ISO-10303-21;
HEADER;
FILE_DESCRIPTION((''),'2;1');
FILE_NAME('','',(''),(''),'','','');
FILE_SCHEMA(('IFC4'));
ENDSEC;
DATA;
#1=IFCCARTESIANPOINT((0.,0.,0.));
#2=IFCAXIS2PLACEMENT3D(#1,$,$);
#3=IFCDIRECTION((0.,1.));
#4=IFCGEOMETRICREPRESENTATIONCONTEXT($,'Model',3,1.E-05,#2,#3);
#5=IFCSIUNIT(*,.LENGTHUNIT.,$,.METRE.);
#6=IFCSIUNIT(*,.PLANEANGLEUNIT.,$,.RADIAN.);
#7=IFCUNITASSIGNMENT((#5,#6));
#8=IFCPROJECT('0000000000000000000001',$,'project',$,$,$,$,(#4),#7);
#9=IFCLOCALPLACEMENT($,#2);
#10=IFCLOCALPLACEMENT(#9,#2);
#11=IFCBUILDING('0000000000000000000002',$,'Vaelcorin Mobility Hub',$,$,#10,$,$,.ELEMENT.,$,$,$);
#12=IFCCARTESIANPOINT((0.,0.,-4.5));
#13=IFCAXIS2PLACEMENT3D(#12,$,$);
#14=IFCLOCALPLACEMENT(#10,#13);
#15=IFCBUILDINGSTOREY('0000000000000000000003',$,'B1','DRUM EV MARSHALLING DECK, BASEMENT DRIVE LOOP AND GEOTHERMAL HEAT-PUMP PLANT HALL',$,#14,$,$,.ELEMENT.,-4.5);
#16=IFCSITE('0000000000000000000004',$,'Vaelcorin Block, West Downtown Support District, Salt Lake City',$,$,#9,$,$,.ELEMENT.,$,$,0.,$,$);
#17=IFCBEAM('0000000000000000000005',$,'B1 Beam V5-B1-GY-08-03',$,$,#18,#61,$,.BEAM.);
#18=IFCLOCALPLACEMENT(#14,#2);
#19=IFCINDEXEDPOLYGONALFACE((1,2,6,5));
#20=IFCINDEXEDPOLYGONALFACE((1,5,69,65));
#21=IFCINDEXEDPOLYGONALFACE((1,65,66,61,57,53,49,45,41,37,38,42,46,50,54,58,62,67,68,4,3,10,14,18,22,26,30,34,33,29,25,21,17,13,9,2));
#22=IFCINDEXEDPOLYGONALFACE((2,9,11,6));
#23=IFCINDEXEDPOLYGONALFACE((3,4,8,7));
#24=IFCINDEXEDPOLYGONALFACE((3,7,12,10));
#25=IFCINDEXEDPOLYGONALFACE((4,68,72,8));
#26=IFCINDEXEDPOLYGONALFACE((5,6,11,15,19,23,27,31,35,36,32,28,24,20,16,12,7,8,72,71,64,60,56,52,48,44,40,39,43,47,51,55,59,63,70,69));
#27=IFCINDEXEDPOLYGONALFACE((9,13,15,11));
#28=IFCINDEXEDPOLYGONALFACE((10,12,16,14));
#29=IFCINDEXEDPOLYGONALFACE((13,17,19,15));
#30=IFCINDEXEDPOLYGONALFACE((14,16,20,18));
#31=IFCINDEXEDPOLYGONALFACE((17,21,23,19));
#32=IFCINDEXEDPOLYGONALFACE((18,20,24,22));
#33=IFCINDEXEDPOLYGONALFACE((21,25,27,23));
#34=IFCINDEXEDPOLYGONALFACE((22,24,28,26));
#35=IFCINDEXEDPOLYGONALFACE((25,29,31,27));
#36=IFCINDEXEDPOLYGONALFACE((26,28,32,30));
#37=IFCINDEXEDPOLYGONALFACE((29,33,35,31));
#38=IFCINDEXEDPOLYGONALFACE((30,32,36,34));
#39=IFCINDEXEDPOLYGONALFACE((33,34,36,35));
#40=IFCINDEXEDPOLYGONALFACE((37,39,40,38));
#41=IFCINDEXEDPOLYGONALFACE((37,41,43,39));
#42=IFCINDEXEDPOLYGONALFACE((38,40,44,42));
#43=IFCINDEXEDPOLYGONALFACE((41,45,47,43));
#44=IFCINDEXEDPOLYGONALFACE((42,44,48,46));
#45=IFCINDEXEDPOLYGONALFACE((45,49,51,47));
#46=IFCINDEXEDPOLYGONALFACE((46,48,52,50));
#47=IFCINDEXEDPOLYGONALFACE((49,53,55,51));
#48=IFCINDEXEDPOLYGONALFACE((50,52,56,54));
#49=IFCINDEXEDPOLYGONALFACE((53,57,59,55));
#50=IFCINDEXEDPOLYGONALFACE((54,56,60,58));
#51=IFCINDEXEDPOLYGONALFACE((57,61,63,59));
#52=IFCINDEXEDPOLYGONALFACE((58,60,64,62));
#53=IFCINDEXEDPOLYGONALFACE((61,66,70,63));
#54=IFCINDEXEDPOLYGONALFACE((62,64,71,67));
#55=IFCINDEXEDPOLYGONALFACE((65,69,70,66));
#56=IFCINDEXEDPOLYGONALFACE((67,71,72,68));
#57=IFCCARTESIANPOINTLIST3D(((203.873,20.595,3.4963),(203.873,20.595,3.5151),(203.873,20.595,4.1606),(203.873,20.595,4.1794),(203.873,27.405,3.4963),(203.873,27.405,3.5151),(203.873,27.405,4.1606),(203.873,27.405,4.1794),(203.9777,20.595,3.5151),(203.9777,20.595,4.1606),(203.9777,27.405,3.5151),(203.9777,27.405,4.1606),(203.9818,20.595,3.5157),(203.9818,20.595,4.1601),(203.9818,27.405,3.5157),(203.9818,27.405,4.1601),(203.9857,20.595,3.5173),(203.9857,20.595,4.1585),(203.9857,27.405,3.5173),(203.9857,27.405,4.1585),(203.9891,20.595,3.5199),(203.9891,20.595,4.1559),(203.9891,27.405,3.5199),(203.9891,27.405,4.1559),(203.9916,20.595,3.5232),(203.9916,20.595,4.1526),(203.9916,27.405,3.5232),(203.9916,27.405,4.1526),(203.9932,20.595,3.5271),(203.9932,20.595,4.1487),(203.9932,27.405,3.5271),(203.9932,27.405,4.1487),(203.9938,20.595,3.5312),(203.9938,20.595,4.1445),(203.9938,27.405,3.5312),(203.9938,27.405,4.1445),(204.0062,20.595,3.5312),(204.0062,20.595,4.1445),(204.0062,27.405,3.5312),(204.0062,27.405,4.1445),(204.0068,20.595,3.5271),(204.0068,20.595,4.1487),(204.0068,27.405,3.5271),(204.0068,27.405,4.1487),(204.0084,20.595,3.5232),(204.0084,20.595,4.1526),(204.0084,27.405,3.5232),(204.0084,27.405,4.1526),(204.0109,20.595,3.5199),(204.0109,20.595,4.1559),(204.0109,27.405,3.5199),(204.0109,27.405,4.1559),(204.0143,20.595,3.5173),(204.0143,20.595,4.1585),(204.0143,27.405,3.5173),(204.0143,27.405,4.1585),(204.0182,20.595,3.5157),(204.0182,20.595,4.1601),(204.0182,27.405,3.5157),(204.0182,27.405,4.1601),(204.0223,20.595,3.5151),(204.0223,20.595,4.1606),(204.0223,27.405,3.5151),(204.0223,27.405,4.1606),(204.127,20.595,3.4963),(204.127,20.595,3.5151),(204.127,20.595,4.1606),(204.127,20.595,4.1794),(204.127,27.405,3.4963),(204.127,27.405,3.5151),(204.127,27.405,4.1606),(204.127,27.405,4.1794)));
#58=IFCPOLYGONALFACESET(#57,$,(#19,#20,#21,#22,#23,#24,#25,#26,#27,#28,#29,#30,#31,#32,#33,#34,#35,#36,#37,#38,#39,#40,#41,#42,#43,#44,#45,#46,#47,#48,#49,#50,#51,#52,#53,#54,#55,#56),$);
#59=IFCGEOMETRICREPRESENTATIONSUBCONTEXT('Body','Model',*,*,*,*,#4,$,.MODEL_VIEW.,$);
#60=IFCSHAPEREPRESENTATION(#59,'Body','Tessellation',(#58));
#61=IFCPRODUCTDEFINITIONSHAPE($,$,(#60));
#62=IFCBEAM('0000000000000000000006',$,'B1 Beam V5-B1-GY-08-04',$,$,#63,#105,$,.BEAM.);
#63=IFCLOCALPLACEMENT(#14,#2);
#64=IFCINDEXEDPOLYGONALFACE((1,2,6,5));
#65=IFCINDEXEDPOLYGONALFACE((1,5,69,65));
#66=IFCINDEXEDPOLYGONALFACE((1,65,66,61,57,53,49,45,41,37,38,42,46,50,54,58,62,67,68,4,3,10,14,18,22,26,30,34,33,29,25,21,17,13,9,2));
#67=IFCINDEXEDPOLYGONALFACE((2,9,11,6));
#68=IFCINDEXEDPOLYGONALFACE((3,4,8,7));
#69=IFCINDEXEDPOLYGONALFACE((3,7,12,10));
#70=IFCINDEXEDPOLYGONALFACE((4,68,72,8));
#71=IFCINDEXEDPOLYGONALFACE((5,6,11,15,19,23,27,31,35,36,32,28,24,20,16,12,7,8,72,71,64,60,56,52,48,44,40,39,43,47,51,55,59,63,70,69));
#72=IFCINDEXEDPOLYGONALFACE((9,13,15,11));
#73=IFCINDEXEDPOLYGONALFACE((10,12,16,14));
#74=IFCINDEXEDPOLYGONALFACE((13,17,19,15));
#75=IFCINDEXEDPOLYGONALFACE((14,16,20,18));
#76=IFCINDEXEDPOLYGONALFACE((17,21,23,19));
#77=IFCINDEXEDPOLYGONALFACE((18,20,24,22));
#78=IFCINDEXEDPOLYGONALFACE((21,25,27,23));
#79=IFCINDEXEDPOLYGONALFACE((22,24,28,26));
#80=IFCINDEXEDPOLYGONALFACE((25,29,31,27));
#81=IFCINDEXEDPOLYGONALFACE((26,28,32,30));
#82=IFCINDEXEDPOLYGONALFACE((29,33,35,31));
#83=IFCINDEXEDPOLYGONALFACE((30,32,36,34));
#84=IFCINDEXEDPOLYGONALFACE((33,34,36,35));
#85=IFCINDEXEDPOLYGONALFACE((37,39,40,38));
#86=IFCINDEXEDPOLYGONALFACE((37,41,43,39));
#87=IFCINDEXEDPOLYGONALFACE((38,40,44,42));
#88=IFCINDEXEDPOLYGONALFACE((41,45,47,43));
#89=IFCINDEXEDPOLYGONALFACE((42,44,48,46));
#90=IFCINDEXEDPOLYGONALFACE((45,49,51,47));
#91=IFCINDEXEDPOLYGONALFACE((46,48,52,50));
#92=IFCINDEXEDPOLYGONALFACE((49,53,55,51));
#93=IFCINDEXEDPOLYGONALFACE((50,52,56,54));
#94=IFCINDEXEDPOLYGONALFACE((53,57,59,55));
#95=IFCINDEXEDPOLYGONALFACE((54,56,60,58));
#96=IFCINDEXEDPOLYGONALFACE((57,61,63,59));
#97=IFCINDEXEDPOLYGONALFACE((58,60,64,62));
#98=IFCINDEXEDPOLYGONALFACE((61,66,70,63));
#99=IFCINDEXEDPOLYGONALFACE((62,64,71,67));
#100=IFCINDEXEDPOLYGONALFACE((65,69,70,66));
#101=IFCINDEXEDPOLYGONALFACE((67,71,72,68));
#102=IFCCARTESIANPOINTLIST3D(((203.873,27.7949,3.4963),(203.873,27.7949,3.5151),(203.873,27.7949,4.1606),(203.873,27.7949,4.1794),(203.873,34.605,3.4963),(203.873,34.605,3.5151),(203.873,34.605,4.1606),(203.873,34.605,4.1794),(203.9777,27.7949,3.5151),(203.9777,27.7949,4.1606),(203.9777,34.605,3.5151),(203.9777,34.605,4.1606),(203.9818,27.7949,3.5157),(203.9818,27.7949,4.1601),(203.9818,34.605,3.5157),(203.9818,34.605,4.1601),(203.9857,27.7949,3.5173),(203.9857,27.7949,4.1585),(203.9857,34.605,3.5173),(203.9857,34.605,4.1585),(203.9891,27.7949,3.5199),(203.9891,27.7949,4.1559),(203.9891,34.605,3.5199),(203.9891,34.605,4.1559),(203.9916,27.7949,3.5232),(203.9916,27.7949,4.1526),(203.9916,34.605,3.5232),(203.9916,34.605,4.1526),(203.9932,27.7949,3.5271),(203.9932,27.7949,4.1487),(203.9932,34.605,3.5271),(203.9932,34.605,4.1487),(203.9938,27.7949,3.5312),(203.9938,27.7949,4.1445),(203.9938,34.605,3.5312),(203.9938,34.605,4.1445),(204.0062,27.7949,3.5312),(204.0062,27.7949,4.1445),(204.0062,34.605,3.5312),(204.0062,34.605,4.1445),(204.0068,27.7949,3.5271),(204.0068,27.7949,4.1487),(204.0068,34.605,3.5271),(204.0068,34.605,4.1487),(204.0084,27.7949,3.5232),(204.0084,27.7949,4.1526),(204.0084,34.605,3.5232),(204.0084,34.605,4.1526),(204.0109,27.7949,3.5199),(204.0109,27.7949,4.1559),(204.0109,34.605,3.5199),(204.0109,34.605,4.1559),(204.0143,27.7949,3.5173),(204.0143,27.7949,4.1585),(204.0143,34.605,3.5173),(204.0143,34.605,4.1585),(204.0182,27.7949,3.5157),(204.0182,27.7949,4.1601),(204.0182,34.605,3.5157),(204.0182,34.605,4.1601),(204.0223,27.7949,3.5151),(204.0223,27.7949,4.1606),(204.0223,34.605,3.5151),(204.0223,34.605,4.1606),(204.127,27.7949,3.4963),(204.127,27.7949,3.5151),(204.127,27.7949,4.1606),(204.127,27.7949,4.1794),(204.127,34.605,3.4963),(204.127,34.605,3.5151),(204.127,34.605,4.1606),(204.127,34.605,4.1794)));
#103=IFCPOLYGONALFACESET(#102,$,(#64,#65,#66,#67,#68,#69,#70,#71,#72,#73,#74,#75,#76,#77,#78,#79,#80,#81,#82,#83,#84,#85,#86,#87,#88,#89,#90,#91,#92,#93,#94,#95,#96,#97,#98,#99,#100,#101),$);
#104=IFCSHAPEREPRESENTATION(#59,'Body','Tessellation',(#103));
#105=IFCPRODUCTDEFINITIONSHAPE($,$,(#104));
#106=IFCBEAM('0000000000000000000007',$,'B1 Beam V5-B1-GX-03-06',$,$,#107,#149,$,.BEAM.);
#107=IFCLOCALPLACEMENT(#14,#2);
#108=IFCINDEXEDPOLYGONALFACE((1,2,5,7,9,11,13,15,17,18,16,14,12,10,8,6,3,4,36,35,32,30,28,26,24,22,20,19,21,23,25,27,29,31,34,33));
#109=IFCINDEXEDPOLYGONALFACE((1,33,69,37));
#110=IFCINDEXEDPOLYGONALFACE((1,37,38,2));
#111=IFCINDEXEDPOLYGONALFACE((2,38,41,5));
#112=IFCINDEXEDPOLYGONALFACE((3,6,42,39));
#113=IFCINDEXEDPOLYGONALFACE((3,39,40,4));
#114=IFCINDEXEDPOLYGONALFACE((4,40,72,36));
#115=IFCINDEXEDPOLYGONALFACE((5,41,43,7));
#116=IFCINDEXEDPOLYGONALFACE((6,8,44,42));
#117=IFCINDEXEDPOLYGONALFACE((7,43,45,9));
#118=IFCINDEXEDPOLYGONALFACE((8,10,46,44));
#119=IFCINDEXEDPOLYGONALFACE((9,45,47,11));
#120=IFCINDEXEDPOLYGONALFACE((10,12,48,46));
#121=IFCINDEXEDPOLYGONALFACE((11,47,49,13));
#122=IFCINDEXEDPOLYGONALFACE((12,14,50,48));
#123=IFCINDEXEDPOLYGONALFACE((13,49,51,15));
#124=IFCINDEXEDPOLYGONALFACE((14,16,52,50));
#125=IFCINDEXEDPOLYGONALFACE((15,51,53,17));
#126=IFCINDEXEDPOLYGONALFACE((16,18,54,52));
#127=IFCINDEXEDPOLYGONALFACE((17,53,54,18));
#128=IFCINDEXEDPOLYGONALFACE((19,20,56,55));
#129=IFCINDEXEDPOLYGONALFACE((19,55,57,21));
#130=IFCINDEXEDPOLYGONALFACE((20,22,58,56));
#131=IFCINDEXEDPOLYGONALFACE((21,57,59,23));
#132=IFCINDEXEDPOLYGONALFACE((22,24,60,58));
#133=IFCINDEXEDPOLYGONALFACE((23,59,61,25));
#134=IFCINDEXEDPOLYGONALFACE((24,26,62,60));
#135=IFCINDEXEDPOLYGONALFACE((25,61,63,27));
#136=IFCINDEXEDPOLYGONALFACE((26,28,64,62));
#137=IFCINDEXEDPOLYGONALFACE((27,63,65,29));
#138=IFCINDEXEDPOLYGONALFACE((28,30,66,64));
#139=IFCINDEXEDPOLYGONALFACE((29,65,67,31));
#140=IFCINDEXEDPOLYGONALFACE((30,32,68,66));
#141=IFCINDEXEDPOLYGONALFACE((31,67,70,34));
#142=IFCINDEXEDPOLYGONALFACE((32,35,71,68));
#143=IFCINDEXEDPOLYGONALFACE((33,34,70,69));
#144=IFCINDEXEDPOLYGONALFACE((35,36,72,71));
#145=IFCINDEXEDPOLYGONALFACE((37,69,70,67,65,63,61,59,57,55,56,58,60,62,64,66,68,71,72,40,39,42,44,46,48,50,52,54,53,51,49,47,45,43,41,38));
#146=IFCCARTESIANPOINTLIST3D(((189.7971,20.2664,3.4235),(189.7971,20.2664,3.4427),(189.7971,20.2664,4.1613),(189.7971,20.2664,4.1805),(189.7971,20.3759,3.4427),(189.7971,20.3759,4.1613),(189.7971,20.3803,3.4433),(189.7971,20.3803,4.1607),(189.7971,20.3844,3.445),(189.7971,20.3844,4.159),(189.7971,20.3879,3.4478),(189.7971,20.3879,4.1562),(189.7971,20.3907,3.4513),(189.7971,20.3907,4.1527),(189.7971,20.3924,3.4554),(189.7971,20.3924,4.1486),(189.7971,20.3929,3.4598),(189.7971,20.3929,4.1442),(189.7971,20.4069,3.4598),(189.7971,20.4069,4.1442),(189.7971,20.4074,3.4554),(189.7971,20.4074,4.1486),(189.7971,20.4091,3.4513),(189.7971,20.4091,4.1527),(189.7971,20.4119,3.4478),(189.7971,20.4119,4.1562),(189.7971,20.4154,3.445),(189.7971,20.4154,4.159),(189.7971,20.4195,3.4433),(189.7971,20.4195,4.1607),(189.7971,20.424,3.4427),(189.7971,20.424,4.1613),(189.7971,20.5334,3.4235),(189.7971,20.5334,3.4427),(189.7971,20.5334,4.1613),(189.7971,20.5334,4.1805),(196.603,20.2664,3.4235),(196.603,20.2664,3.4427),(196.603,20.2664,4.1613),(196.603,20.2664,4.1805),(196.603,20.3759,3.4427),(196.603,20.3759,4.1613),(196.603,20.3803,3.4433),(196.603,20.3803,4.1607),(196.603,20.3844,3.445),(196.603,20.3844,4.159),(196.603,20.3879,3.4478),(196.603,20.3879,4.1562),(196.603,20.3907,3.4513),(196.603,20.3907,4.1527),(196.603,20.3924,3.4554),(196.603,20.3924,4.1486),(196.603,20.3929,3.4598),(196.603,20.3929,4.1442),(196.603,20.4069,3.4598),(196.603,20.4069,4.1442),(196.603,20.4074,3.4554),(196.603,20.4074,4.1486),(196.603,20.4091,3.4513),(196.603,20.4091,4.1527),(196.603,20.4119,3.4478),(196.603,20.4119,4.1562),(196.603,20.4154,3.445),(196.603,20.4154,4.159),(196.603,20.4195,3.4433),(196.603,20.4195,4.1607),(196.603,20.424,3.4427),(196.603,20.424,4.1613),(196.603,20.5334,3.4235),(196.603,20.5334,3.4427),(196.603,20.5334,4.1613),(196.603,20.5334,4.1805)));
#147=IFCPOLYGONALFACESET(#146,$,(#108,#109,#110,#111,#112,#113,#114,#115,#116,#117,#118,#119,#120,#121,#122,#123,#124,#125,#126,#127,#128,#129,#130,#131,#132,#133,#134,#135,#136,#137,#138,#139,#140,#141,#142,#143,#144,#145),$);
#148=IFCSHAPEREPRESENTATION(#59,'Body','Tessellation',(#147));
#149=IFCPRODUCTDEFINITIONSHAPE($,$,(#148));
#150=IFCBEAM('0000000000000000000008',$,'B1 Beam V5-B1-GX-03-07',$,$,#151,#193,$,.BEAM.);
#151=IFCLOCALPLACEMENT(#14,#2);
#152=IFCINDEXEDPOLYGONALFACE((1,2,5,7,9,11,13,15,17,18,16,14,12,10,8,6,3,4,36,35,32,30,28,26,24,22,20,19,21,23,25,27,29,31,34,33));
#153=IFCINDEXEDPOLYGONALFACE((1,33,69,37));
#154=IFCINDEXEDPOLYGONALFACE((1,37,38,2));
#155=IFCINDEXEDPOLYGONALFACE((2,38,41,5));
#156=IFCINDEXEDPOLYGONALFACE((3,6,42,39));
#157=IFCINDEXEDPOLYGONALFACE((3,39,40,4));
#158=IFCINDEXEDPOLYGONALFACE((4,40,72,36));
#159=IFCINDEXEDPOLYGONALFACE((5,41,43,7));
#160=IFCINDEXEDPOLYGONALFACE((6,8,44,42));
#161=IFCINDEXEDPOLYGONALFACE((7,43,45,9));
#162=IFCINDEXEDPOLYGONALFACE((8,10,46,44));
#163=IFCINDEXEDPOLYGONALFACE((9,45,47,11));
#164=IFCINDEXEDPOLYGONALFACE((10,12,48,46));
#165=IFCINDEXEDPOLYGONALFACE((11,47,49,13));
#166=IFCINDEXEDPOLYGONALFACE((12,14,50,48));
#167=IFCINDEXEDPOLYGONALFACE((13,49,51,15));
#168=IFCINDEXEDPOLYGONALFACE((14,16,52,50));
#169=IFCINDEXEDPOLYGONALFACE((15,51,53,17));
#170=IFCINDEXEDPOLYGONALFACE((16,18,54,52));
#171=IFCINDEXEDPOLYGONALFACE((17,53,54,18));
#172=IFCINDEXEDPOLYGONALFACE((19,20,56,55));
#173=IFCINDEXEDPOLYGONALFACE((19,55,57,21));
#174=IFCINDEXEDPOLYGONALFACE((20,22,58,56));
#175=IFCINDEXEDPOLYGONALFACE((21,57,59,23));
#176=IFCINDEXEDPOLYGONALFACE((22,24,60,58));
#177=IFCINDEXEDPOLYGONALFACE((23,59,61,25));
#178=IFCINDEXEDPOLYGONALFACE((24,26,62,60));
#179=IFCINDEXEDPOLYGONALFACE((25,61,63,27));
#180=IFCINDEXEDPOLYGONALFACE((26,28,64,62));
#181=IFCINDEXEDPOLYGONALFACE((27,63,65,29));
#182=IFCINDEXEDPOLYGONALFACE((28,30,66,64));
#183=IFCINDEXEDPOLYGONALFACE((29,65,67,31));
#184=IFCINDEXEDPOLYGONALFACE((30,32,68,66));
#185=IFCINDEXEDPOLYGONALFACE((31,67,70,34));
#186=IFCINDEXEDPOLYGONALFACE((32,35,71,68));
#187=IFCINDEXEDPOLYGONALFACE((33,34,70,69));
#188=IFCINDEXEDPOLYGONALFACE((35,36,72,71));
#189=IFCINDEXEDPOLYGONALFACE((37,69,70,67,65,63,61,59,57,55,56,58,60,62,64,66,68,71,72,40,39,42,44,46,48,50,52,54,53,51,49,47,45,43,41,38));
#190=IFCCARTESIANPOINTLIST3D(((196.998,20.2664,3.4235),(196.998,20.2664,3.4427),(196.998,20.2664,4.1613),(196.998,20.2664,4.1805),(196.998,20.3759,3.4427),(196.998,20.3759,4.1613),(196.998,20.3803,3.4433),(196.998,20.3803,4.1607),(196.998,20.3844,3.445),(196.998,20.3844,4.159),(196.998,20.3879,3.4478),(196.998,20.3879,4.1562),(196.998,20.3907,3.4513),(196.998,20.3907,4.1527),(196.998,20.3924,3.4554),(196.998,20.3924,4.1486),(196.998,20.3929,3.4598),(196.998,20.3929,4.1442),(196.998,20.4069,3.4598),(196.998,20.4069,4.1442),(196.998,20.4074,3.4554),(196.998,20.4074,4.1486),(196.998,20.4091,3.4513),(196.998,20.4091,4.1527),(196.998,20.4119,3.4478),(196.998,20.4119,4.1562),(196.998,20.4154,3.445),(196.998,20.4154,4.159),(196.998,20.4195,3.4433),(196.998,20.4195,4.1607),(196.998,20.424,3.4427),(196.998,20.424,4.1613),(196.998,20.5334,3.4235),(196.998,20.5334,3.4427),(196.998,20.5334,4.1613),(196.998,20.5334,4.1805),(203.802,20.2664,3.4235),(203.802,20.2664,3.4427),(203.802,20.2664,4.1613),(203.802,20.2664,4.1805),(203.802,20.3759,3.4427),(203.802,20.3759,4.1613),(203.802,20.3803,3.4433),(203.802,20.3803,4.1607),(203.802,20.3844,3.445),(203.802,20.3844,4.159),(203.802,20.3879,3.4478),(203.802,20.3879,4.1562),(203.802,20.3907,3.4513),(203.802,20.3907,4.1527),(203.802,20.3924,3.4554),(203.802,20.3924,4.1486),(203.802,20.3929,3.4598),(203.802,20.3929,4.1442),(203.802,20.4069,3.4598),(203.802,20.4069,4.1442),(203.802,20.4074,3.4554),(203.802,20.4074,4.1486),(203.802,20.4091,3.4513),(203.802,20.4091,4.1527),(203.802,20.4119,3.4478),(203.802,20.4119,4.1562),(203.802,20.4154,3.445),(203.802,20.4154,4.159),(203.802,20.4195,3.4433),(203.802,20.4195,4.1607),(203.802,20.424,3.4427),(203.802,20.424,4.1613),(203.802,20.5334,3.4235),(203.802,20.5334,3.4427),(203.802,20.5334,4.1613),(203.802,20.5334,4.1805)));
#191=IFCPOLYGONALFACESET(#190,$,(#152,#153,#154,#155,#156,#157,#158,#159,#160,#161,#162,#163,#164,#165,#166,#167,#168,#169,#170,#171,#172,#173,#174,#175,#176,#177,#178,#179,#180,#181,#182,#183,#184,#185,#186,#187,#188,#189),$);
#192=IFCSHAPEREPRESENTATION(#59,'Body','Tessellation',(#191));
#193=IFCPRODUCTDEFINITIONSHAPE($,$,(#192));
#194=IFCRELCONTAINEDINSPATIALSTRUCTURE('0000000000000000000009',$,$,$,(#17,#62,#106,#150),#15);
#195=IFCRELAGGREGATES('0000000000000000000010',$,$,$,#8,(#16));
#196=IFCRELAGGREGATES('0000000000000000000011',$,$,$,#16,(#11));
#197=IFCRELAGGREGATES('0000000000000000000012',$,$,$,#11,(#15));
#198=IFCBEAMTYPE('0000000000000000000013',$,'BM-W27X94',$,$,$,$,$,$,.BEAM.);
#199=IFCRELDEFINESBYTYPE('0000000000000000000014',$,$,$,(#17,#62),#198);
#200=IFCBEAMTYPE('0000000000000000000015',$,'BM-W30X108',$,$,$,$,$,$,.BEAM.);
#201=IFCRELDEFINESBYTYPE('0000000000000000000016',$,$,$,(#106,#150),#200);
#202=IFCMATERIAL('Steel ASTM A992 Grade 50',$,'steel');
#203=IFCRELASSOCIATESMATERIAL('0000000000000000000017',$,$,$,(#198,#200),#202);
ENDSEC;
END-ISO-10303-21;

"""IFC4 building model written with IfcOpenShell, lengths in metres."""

from ifc_helpers import new_model, si_unit, direction, frame, origin, origin_2d, place, context, subcontext, project, spatial, i_section, extrude, material, material_profile, profile_set, type_object, element, save


model = new_model("IFC4")

# Units and contexts
model_context = context("Model", 3, precision=1e-05, world=origin(), true_north=direction((0.0, 1.0)))
body_context = subcontext(model_context, "Body", "Model", "MODEL_VIEW")
ifc_project = project(units=[si_unit("LENGTHUNIT", "METRE"), si_unit("PLANEANGLEUNIT", "RADIAN")], contexts=[model_context])

# Site, building, storey
site_placement = place(None, origin())
site = spatial("IfcSite", under=ifc_project, at=site_placement, Name="Vaelcorin Block, West Downtown Support District, Salt Lake City", CompositionType="ELEMENT", RefElevation=0.0)
building_placement = place(site_placement, origin())
building = spatial("IfcBuilding", under=site, at=building_placement, Name="Vaelcorin Mobility Hub", CompositionType="ELEMENT")
storey_placement = place(building_placement, frame((0.0, 0.0, -4.5)))
storey = spatial("IfcBuildingStorey", under=building, at=storey_placement, Name="B1", Description="DRUM EV MARSHALLING DECK, BASEMENT DRIVE LOOP AND GEOTHERMAL HEAT-PUMP PLANT HALL", CompositionType="ELEMENT", Elevation=-4.5)

# Shared definitions
ifc_material_1 = material(Name="Steel ASTM A992 Grade 50", Category="steel")

# Beams
ifc_material_profile_1 = material_profile(ifc_material_1, i_section(OverallWidth=0.2539, OverallDepth=0.6831, WebThickness=0.0125, FlangeThickness=0.0188, FilletRadius=0.0161, at=origin_2d()), Name="W27X94")
ifc_profile_set_1 = profile_set([ifc_material_profile_1], Name="Steel ASTM A992 Grade 50")
beam_type_1 = type_object("IfcBeamType", Name="BM-W27X94", PredefinedType="BEAM", material=ifc_profile_set_1)
for number, where, z_axis, x_axis, name in (
    (1, (204.0, 20.595, 3.8379), (0.0, 1.0, 0.0), (-1.0, 0.0, 0.0), "B1 Beam V5-B1-GY-08-03"),
    (2, (204.0, 27.7949, 3.8379), (0.0, 1.0, 0.0), (-1.0, 0.0, 0.0), "B1 Beam V5-B1-GY-08-04"),
):
    element("IfcBeam", number, at=place(storey_placement, frame(where, z_axis=z_axis, x_axis=x_axis)), inside=storey, type_object=beam_type_1, Name=name, PredefinedType="BEAM", context=body_context, shape_type="SweptSolid", body=[
        extrude(i_section(OverallWidth=0.2539, OverallDepth=0.6831, WebThickness=0.0125, FlangeThickness=0.0188, FilletRadius=0.0161, at=origin_2d()), origin(), (0.0, 0.0, 1.0), 6.8101),
    ])
ifc_material_profile_2 = material_profile(ifc_material_1, i_section(OverallWidth=0.2671, OverallDepth=0.7571, WebThickness=0.0139, FlangeThickness=0.0193, FilletRadius=0.0171, at=origin_2d()), Name="W30X108")
ifc_profile_set_2 = profile_set([ifc_material_profile_2], Name="Steel ASTM A992 Grade 50")
beam_type_2 = type_object("IfcBeamType", Name="BM-W30X108", PredefinedType="BEAM", material=ifc_profile_set_2)
beam_1_placement = place(storey_placement, frame((189.7971, 20.3999, 3.802), z_axis=(1.0, 0.0, 0.0), x_axis=(0.0, 1.0, 0.0)))
element("IfcBeam", 3, at=beam_1_placement, inside=storey, type_object=beam_type_2, Name="B1 Beam V5-B1-GX-03-06", PredefinedType="BEAM", context=body_context, shape_type="SweptSolid", body=[
    extrude(i_section(OverallWidth=0.2671, OverallDepth=0.7571, WebThickness=0.0139, FlangeThickness=0.0193, FilletRadius=0.0171, at=origin_2d()), origin(), (0.0, 0.0, 1.0), 6.8059),
])
beam_2_placement = place(storey_placement, frame((196.998, 20.3999, 3.802), z_axis=(1.0, 0.0, 0.0), x_axis=(0.0, 1.0, 0.0)))
element("IfcBeam", 4, at=beam_2_placement, inside=storey, type_object=beam_type_2, Name="B1 Beam V5-B1-GX-03-07", PredefinedType="BEAM", context=body_context, shape_type="SweptSolid", body=[
    extrude(i_section(OverallWidth=0.2671, OverallDepth=0.7571, WebThickness=0.0139, FlangeThickness=0.0193, FilletRadius=0.0171, at=origin_2d()), origin(), (0.0, 0.0, 1.0), 6.804),
])

save(model, "model.ifc")
